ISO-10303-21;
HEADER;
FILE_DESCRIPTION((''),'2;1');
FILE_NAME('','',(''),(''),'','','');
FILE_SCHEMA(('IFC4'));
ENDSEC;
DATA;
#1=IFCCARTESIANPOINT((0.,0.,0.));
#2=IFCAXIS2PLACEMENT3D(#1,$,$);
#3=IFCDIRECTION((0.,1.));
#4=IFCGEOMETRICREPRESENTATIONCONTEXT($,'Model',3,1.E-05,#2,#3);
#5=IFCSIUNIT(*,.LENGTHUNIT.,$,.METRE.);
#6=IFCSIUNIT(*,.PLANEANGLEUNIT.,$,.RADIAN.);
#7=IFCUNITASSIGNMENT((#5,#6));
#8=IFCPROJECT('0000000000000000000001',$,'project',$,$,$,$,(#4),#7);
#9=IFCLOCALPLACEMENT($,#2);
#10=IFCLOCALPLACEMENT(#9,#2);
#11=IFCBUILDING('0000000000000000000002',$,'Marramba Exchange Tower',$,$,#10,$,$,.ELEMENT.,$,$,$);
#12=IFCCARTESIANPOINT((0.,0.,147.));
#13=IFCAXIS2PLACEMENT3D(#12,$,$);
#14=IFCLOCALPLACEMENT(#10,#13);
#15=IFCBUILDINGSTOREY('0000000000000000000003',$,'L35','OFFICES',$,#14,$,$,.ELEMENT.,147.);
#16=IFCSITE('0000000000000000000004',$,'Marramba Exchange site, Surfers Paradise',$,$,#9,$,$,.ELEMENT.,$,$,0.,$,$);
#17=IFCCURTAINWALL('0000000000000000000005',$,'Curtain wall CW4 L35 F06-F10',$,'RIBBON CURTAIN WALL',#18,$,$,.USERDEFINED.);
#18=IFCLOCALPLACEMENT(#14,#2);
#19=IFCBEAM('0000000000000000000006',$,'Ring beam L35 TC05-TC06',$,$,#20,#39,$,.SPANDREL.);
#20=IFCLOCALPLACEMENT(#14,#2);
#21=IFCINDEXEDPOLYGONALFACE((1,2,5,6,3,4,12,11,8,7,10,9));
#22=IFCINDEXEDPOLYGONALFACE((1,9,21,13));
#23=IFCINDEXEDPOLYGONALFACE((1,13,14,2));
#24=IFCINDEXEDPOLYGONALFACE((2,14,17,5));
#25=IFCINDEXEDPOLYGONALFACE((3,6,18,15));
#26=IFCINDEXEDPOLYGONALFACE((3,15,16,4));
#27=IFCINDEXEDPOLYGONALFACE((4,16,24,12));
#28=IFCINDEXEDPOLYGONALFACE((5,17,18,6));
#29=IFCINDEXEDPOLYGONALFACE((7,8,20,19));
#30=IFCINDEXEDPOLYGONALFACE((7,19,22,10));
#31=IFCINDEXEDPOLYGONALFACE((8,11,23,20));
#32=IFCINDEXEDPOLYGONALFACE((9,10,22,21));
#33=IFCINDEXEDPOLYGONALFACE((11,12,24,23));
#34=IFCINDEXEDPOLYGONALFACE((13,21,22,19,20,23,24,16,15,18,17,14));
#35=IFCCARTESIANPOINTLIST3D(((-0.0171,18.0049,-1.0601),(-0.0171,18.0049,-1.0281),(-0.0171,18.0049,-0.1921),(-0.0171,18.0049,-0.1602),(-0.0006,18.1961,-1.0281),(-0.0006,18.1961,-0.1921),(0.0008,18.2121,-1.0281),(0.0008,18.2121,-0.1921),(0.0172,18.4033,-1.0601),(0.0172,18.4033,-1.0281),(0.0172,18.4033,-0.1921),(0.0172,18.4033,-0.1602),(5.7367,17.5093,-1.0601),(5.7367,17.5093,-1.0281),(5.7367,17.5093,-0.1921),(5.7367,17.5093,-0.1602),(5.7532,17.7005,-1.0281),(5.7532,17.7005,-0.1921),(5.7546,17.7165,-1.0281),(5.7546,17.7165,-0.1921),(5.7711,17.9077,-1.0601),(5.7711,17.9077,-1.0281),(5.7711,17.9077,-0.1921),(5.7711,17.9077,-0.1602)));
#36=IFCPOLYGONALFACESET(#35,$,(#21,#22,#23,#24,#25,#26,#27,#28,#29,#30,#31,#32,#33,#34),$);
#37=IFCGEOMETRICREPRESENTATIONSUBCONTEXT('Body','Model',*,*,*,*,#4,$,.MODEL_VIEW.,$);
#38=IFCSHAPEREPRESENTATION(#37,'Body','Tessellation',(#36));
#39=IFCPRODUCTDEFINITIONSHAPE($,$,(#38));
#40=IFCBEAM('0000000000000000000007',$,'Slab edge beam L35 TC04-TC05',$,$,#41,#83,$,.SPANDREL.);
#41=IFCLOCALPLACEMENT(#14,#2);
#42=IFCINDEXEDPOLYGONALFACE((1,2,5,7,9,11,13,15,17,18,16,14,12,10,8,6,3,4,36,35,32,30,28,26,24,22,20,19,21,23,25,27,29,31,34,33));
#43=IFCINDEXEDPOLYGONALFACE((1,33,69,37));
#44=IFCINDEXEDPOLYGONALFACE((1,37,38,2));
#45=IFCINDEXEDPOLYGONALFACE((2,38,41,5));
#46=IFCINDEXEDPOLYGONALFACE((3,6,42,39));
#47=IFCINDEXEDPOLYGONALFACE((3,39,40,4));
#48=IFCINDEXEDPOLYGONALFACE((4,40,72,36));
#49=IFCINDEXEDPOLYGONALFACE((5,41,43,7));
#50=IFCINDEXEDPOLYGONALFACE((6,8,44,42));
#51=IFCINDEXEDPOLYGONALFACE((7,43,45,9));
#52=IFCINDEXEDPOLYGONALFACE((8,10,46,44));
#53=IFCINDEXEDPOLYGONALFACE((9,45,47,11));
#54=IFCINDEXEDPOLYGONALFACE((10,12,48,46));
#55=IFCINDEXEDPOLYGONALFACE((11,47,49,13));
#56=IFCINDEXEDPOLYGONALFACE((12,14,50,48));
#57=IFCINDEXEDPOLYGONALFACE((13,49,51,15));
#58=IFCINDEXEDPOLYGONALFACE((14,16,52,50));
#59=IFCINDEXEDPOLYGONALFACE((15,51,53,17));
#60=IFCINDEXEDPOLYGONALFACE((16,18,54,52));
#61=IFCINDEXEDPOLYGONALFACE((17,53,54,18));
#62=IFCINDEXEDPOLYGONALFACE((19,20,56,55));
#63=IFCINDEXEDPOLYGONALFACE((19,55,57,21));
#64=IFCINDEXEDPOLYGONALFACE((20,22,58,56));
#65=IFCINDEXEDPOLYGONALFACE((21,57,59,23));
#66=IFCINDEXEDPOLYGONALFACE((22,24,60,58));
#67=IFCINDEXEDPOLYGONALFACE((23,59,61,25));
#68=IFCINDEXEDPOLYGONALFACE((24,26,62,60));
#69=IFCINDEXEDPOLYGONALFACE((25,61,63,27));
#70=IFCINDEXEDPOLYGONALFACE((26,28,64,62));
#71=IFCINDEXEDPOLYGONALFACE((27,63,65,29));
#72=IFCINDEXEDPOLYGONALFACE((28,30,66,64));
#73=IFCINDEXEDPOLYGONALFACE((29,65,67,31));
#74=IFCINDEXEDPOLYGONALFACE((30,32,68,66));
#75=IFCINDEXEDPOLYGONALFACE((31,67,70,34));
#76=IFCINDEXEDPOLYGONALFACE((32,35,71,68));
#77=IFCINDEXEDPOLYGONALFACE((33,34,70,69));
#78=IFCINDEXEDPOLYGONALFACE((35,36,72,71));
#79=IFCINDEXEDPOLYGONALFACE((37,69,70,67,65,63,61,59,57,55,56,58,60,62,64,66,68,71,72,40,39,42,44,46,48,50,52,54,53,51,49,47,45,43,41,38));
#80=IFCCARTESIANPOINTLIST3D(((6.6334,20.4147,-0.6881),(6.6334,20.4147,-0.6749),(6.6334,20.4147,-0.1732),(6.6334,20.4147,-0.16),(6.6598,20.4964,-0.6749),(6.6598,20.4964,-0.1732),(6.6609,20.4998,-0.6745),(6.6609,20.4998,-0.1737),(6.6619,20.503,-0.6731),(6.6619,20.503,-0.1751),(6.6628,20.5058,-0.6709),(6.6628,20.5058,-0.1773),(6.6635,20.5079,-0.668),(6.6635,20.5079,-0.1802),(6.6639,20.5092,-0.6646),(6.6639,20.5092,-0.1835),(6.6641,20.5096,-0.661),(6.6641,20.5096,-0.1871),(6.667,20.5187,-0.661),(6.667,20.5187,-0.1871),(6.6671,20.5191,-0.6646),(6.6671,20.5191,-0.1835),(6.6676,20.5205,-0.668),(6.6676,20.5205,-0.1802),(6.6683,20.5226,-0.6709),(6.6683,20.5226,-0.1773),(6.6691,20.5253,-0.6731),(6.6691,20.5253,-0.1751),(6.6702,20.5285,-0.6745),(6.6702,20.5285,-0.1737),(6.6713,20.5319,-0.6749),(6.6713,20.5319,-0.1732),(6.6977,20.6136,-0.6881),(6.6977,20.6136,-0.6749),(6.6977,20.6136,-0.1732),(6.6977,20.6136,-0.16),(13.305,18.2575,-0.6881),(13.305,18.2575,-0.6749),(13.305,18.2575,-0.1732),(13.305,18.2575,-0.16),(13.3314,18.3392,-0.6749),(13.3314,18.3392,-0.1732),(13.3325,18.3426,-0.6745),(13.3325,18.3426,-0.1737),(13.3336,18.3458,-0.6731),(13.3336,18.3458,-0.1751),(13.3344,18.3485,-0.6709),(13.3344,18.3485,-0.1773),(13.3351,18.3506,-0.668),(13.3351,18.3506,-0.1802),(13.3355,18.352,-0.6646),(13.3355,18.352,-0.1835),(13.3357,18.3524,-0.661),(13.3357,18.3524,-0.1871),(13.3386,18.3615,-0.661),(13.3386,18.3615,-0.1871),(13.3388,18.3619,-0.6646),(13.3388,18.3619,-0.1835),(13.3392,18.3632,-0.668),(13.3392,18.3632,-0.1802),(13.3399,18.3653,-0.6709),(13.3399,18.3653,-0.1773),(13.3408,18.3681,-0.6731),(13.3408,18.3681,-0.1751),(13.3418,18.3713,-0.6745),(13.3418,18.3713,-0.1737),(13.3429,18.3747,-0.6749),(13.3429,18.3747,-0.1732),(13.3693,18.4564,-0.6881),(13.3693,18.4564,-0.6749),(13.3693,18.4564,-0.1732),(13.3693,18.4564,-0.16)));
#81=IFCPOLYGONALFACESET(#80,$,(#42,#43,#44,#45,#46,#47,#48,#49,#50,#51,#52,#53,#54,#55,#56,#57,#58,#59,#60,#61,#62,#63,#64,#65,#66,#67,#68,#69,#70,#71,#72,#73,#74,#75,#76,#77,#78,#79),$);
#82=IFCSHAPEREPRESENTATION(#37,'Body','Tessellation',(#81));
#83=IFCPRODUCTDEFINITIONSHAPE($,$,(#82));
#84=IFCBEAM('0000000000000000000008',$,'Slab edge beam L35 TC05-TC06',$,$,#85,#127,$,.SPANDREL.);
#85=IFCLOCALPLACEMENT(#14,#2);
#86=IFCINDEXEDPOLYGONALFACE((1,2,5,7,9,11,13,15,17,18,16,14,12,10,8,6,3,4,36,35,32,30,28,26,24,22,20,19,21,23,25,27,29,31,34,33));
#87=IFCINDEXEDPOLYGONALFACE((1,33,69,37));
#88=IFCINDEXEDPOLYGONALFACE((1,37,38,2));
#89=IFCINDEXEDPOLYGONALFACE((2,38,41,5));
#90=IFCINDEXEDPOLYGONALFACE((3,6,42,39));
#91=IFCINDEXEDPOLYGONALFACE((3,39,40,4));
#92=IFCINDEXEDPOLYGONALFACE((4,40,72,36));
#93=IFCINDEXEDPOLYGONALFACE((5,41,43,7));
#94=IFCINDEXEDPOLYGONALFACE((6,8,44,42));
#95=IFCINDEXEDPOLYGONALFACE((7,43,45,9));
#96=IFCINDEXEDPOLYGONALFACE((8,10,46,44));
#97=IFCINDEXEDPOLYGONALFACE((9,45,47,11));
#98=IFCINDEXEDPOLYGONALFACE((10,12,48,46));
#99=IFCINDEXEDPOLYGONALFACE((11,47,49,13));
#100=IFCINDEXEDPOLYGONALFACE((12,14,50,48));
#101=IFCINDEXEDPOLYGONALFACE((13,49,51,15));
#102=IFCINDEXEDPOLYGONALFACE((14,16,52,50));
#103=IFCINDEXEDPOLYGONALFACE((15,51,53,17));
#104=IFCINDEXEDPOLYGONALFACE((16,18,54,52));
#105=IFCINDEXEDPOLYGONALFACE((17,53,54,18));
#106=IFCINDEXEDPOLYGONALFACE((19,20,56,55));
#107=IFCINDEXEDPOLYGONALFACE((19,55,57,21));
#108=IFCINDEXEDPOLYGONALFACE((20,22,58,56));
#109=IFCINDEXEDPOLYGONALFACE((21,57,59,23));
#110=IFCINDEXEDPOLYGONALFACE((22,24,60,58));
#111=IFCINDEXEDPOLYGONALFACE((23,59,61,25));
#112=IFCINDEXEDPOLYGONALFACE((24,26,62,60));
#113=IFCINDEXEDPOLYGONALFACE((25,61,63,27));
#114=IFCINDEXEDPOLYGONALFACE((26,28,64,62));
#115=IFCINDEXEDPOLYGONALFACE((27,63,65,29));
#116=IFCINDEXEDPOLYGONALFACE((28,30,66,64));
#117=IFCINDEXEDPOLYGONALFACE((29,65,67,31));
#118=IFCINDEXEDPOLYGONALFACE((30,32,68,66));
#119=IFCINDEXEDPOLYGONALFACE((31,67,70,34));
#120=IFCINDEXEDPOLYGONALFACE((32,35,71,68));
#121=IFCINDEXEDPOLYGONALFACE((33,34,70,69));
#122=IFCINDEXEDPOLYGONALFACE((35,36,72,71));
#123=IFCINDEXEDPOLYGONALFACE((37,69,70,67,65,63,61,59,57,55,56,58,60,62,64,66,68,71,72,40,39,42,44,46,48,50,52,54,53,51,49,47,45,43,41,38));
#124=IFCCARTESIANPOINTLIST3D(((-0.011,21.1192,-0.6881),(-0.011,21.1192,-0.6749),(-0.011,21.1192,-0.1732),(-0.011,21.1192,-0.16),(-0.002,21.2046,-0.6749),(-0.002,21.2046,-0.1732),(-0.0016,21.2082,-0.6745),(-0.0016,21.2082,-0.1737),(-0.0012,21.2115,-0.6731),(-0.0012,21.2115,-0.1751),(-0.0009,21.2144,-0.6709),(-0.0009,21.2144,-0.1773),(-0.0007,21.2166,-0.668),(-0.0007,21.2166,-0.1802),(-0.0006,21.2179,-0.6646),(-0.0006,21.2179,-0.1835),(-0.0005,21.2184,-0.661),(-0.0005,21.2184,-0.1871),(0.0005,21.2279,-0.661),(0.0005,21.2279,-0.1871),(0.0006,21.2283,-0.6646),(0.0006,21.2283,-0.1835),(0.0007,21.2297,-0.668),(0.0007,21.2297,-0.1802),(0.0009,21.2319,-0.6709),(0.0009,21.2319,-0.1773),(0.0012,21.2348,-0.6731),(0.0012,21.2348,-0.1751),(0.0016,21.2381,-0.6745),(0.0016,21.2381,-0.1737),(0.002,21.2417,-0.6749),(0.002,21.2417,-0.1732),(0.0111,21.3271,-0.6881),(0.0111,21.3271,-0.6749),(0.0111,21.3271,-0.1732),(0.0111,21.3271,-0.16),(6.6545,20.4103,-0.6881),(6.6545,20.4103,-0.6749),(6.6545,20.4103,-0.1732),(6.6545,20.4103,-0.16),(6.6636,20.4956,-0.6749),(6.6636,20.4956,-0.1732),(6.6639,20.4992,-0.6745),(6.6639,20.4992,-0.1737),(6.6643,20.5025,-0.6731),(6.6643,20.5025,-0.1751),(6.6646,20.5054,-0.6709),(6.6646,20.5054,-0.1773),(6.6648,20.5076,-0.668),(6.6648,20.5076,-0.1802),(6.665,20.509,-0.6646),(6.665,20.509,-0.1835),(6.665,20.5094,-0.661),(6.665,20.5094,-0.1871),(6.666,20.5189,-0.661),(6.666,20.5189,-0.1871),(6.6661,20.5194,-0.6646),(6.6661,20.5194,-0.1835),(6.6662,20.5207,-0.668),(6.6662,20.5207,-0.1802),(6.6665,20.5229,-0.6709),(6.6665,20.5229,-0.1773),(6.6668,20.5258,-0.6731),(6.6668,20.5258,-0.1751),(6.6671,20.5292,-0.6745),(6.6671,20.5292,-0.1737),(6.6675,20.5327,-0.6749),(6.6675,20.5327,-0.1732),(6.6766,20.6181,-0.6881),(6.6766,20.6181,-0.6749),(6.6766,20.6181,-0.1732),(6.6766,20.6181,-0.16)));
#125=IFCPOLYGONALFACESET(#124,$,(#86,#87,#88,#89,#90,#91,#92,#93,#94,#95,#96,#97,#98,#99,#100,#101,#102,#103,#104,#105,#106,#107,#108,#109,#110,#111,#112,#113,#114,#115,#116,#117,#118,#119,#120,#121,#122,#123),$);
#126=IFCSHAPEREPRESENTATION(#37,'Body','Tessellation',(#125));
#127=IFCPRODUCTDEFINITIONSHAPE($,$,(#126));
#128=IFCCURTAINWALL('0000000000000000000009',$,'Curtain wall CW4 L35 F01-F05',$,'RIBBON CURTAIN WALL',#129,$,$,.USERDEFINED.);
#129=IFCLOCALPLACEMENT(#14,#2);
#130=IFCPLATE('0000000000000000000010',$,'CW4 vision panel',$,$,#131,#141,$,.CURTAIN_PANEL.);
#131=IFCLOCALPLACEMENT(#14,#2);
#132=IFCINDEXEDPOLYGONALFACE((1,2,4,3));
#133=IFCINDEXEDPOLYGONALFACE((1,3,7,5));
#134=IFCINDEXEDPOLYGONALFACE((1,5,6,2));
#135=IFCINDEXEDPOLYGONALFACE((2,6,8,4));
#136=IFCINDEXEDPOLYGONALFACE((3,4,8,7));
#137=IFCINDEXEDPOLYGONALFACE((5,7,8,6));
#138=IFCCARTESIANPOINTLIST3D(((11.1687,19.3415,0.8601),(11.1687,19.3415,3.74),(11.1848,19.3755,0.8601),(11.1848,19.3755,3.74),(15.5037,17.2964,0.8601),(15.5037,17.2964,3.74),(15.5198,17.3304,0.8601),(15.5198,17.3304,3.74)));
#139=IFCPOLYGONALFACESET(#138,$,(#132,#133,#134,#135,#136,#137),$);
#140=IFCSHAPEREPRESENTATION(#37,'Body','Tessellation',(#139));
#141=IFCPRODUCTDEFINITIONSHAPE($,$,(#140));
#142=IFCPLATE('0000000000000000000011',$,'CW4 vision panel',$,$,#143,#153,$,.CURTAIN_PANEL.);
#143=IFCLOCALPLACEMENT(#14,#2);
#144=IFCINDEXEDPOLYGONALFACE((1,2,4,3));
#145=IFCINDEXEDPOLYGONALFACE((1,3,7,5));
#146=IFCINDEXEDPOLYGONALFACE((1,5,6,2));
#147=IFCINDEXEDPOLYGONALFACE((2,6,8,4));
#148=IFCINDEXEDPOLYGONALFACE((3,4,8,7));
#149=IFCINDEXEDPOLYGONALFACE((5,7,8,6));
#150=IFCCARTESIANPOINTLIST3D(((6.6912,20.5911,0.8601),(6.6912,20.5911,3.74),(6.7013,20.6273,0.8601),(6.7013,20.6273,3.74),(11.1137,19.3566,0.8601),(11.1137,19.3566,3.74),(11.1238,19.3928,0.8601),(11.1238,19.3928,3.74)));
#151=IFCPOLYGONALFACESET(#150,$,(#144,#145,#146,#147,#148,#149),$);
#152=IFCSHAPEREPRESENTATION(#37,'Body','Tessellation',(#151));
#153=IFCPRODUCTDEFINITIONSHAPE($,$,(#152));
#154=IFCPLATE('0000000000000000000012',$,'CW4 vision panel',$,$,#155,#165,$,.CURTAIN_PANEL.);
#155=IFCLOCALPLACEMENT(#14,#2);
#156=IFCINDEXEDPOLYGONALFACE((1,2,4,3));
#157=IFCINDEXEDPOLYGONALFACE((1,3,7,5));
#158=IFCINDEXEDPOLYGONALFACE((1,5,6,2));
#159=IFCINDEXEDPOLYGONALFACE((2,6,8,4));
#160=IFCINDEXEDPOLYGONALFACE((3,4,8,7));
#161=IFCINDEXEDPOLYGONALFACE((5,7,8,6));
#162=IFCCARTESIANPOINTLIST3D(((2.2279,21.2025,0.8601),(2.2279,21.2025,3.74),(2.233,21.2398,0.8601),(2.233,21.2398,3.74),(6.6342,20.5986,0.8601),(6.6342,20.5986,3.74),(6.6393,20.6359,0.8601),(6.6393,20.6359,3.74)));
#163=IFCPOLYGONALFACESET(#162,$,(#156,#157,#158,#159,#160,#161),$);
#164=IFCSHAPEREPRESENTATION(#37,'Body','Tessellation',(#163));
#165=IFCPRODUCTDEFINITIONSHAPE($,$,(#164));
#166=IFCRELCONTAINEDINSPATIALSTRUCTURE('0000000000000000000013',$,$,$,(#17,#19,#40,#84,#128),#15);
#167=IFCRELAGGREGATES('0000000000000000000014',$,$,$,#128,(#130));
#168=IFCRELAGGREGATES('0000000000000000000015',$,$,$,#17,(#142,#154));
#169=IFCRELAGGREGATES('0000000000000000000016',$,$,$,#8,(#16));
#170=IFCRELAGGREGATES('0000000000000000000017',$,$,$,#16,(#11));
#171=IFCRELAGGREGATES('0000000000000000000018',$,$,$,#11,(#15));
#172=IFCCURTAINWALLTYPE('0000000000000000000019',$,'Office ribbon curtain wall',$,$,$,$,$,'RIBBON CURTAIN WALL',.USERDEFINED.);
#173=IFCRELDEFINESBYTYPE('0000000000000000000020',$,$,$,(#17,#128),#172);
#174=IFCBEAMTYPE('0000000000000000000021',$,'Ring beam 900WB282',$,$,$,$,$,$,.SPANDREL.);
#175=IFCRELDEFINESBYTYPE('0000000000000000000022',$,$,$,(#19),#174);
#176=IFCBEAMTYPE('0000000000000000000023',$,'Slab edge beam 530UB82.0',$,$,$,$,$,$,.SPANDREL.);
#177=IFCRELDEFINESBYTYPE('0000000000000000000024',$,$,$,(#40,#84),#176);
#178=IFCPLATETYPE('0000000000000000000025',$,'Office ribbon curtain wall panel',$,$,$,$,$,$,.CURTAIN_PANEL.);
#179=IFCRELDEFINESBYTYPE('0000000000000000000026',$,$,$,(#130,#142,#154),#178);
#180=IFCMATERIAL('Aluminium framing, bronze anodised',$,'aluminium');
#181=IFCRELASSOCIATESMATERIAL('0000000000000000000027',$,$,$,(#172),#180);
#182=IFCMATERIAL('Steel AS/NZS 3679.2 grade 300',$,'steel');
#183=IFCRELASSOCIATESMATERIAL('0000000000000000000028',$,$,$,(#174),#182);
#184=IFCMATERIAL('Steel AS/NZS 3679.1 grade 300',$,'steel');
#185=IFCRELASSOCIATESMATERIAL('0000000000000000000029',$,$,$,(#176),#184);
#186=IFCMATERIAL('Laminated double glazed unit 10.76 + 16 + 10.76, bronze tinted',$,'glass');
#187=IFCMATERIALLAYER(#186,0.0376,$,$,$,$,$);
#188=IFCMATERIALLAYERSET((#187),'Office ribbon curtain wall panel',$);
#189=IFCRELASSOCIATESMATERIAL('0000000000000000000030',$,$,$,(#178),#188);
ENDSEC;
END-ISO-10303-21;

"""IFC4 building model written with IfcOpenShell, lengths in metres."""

from ifc_helpers import new_model, si_unit, direction, frame, origin, origin_2d, place, context, subcontext, project, spatial, rectangle, i_section, extrude, material, layer, layer_set, material_profile, profile_set, type_object, element, aggregate, save


model = new_model("IFC4")

# Units and contexts
model_context = context("Model", 3, precision=1e-05, world=origin(), true_north=direction((0.0, 1.0)))
body_context = subcontext(model_context, "Body", "Model", "MODEL_VIEW")
ifc_project = project(units=[si_unit("LENGTHUNIT", "METRE"), si_unit("PLANEANGLEUNIT", "RADIAN")], contexts=[model_context])

# Site, building, storey
site_placement = place(None, origin())
site = spatial("IfcSite", under=ifc_project, at=site_placement, Name="Marramba Exchange site, Surfers Paradise", CompositionType="ELEMENT", RefElevation=0.0)
building_placement = place(site_placement, origin())
building = spatial("IfcBuilding", under=site, at=building_placement, Name="Marramba Exchange Tower", CompositionType="ELEMENT")
storey_placement = place(building_placement, frame((0.0, 0.0, 147.0)))
storey = spatial("IfcBuildingStorey", under=building, at=storey_placement, Name="L35", Description="OFFICES", CompositionType="ELEMENT", Elevation=147.0)

# Shared definitions
ifc_material_1 = material(Name="Steel AS/NZS 3679.2 grade 300", Category="steel")

# Curtain wall
ifc_material_2 = material(Name="Aluminium framing, bronze anodised", Category="aluminium")
curtain_wall_type = type_object("IfcCurtainWallType", Name="Office ribbon curtain wall", ElementType="RIBBON CURTAIN WALL", PredefinedType="USERDEFINED", material=ifc_material_2)
curtain_wall_1_placement = place(storey_placement, origin())
curtain_wall_1 = element("IfcCurtainWall", 1, at=curtain_wall_1_placement, inside=storey, type_object=curtain_wall_type, Name="Curtain wall CW4 L35 F06-F10", ObjectType="RIBBON CURTAIN WALL", PredefinedType="USERDEFINED")

# Beams
ifc_material_profile_1 = material_profile(ifc_material_1, i_section(OverallWidth=0.3999, OverallDepth=0.8999, WebThickness=0.0161, FlangeThickness=0.032, at=origin_2d()), Name="900WB282")
ifc_profile_set_1 = profile_set([ifc_material_profile_1], Name="Steel AS/NZS 3679.2 grade 300")
beam_type_1 = type_object("IfcBeamType", Name="Ring beam 900WB282", PredefinedType="SPANDREL", material=ifc_profile_set_1)
beam_1_placement = place(storey_placement, frame((5.7539, 17.7085, -0.6101), z_axis=(-0.996311, 0.085816, 0.0), x_axis=(-0.085816, -0.996311, 0.0)))
element("IfcBeam", 2, at=beam_1_placement, inside=storey, type_object=beam_type_1, Name="Ring beam L35 TC05-TC06", PredefinedType="SPANDREL", context=body_context, shape_type="SweptSolid", body=[
    extrude(i_section(OverallWidth=0.3999, OverallDepth=0.8999, WebThickness=0.0161, FlangeThickness=0.032, at=origin_2d()), origin(), (0.0, 0.0, 1.0), 5.7751),
])
ifc_material_3 = material(Name="Steel AS/NZS 3679.1 grade 300", Category="steel")
ifc_material_profile_2 = material_profile(ifc_material_3, i_section(OverallWidth=0.209, OverallDepth=0.5281, WebThickness=0.0095, FlangeThickness=0.0132, FilletRadius=0.0139, at=origin_2d()), Name="530UB82.0")
ifc_profile_set_2 = profile_set([ifc_material_profile_2], Name="Steel AS/NZS 3679.1 grade 300")
beam_type_2 = type_object("IfcBeamType", Name="Slab edge beam 530UB82.0", PredefinedType="SPANDREL", material=ifc_profile_set_2)
beam_2_placement = place(storey_placement, frame((13.3372, 18.3569, -0.4241), z_axis=(-0.951496, 0.30766, 0.0), x_axis=(-0.30766, -0.951496, 0.0)))
element("IfcBeam", 3, at=beam_2_placement, inside=storey, type_object=beam_type_2, Name="Slab edge beam L35 TC04-TC05", PredefinedType="SPANDREL", context=body_context, shape_type="SweptSolid", body=[
    extrude(i_section(OverallWidth=0.209, OverallDepth=0.5281, WebThickness=0.0095, FlangeThickness=0.0132, FilletRadius=0.0139, at=origin_2d()), origin(), (0.0, 0.0, 1.0), 7.0117),
])
beam_3_placement = place(storey_placement, frame((6.6655, 20.5142, -0.4241), z_axis=(-0.994391, 0.105769, 0.0), x_axis=(-0.105769, -0.994391, 0.0)))
element("IfcBeam", 4, at=beam_3_placement, inside=storey, type_object=beam_type_2, Name="Slab edge beam L35 TC05-TC06", PredefinedType="SPANDREL", context=body_context, shape_type="SweptSolid", body=[
    extrude(i_section(OverallWidth=0.209, OverallDepth=0.5281, WebThickness=0.0095, FlangeThickness=0.0132, FilletRadius=0.0139, at=origin_2d()), origin(), (0.0, 0.0, 1.0), 6.7031),
])

# Curtain wall, plate
curtain_wall_2_placement = place(storey_placement, origin())
curtain_wall_2 = element("IfcCurtainWall", 5, at=curtain_wall_2_placement, inside=storey, type_object=curtain_wall_type, Name="Curtain wall CW4 L35 F01-F05", ObjectType="RIBBON CURTAIN WALL", PredefinedType="USERDEFINED")
ifc_material_4 = material(Name="Laminated double glazed unit 10.76 + 16 + 10.76, bronze tinted", Category="glass")
ifc_layer_1 = layer(ifc_material_4, 0.0376)
ifc_layer_set_1 = layer_set([ifc_layer_1], Name="Office ribbon curtain wall panel")
plate_type = type_object("IfcPlateType", Name="Office ribbon curtain wall panel", PredefinedType="CURTAIN_PANEL", material=ifc_layer_set_1)
plate_1_placement = place(storey_placement, frame((13.3442, 18.3359, 0.8601), z_axis=(0.0, 0.0, 1.0), x_axis=(-0.904403, 0.426679, 0.0)))
plate_1 = element("IfcPlate", 6, at=plate_1_placement, type_object=plate_type, Name="CW4 vision panel", PredefinedType="CURTAIN_PANEL", context=body_context, shape_type="SweptSolid", body=[
    extrude(rectangle(XDim=4.7932, YDim=0.0376, at=origin_2d()), origin(), (0.0, 0.0, 1.0), 2.8799),
])
aggregate(curtain_wall_2, [plate_1])

# Plates
plate_2_placement = place(storey_placement, frame((8.9075, 19.9919, 0.8601), z_axis=(0.0, 0.0, 1.0), x_axis=(-0.963178, 0.268865, 0.0)))
plate_2 = element("IfcPlate", 7, at=plate_2_placement, type_object=plate_type, Name="CW4 vision panel", PredefinedType="CURTAIN_PANEL", context=body_context, shape_type="SweptSolid", body=[
    extrude(rectangle(XDim=4.5916, YDim=0.0376, at=origin_2d()), origin(), (0.0, 0.0, 1.0), 2.8799),
])
plate_3_placement = place(storey_placement, frame((4.4336, 20.9192, 0.8601), z_axis=(0.0, 0.0, 1.0), x_axis=(-0.990738, 0.135786, 0.0)))
plate_3 = element("IfcPlate", 8, at=plate_3_placement, type_object=plate_type, Name="CW4 vision panel", PredefinedType="CURTAIN_PANEL", context=body_context, shape_type="SweptSolid", body=[
    extrude(rectangle(XDim=4.4475, YDim=0.0376, at=origin_2d()), origin(), (0.0, 0.0, 1.0), 2.8799),
])
aggregate(curtain_wall_1, [plate_2, plate_3])

save(model, "model.ifc")
